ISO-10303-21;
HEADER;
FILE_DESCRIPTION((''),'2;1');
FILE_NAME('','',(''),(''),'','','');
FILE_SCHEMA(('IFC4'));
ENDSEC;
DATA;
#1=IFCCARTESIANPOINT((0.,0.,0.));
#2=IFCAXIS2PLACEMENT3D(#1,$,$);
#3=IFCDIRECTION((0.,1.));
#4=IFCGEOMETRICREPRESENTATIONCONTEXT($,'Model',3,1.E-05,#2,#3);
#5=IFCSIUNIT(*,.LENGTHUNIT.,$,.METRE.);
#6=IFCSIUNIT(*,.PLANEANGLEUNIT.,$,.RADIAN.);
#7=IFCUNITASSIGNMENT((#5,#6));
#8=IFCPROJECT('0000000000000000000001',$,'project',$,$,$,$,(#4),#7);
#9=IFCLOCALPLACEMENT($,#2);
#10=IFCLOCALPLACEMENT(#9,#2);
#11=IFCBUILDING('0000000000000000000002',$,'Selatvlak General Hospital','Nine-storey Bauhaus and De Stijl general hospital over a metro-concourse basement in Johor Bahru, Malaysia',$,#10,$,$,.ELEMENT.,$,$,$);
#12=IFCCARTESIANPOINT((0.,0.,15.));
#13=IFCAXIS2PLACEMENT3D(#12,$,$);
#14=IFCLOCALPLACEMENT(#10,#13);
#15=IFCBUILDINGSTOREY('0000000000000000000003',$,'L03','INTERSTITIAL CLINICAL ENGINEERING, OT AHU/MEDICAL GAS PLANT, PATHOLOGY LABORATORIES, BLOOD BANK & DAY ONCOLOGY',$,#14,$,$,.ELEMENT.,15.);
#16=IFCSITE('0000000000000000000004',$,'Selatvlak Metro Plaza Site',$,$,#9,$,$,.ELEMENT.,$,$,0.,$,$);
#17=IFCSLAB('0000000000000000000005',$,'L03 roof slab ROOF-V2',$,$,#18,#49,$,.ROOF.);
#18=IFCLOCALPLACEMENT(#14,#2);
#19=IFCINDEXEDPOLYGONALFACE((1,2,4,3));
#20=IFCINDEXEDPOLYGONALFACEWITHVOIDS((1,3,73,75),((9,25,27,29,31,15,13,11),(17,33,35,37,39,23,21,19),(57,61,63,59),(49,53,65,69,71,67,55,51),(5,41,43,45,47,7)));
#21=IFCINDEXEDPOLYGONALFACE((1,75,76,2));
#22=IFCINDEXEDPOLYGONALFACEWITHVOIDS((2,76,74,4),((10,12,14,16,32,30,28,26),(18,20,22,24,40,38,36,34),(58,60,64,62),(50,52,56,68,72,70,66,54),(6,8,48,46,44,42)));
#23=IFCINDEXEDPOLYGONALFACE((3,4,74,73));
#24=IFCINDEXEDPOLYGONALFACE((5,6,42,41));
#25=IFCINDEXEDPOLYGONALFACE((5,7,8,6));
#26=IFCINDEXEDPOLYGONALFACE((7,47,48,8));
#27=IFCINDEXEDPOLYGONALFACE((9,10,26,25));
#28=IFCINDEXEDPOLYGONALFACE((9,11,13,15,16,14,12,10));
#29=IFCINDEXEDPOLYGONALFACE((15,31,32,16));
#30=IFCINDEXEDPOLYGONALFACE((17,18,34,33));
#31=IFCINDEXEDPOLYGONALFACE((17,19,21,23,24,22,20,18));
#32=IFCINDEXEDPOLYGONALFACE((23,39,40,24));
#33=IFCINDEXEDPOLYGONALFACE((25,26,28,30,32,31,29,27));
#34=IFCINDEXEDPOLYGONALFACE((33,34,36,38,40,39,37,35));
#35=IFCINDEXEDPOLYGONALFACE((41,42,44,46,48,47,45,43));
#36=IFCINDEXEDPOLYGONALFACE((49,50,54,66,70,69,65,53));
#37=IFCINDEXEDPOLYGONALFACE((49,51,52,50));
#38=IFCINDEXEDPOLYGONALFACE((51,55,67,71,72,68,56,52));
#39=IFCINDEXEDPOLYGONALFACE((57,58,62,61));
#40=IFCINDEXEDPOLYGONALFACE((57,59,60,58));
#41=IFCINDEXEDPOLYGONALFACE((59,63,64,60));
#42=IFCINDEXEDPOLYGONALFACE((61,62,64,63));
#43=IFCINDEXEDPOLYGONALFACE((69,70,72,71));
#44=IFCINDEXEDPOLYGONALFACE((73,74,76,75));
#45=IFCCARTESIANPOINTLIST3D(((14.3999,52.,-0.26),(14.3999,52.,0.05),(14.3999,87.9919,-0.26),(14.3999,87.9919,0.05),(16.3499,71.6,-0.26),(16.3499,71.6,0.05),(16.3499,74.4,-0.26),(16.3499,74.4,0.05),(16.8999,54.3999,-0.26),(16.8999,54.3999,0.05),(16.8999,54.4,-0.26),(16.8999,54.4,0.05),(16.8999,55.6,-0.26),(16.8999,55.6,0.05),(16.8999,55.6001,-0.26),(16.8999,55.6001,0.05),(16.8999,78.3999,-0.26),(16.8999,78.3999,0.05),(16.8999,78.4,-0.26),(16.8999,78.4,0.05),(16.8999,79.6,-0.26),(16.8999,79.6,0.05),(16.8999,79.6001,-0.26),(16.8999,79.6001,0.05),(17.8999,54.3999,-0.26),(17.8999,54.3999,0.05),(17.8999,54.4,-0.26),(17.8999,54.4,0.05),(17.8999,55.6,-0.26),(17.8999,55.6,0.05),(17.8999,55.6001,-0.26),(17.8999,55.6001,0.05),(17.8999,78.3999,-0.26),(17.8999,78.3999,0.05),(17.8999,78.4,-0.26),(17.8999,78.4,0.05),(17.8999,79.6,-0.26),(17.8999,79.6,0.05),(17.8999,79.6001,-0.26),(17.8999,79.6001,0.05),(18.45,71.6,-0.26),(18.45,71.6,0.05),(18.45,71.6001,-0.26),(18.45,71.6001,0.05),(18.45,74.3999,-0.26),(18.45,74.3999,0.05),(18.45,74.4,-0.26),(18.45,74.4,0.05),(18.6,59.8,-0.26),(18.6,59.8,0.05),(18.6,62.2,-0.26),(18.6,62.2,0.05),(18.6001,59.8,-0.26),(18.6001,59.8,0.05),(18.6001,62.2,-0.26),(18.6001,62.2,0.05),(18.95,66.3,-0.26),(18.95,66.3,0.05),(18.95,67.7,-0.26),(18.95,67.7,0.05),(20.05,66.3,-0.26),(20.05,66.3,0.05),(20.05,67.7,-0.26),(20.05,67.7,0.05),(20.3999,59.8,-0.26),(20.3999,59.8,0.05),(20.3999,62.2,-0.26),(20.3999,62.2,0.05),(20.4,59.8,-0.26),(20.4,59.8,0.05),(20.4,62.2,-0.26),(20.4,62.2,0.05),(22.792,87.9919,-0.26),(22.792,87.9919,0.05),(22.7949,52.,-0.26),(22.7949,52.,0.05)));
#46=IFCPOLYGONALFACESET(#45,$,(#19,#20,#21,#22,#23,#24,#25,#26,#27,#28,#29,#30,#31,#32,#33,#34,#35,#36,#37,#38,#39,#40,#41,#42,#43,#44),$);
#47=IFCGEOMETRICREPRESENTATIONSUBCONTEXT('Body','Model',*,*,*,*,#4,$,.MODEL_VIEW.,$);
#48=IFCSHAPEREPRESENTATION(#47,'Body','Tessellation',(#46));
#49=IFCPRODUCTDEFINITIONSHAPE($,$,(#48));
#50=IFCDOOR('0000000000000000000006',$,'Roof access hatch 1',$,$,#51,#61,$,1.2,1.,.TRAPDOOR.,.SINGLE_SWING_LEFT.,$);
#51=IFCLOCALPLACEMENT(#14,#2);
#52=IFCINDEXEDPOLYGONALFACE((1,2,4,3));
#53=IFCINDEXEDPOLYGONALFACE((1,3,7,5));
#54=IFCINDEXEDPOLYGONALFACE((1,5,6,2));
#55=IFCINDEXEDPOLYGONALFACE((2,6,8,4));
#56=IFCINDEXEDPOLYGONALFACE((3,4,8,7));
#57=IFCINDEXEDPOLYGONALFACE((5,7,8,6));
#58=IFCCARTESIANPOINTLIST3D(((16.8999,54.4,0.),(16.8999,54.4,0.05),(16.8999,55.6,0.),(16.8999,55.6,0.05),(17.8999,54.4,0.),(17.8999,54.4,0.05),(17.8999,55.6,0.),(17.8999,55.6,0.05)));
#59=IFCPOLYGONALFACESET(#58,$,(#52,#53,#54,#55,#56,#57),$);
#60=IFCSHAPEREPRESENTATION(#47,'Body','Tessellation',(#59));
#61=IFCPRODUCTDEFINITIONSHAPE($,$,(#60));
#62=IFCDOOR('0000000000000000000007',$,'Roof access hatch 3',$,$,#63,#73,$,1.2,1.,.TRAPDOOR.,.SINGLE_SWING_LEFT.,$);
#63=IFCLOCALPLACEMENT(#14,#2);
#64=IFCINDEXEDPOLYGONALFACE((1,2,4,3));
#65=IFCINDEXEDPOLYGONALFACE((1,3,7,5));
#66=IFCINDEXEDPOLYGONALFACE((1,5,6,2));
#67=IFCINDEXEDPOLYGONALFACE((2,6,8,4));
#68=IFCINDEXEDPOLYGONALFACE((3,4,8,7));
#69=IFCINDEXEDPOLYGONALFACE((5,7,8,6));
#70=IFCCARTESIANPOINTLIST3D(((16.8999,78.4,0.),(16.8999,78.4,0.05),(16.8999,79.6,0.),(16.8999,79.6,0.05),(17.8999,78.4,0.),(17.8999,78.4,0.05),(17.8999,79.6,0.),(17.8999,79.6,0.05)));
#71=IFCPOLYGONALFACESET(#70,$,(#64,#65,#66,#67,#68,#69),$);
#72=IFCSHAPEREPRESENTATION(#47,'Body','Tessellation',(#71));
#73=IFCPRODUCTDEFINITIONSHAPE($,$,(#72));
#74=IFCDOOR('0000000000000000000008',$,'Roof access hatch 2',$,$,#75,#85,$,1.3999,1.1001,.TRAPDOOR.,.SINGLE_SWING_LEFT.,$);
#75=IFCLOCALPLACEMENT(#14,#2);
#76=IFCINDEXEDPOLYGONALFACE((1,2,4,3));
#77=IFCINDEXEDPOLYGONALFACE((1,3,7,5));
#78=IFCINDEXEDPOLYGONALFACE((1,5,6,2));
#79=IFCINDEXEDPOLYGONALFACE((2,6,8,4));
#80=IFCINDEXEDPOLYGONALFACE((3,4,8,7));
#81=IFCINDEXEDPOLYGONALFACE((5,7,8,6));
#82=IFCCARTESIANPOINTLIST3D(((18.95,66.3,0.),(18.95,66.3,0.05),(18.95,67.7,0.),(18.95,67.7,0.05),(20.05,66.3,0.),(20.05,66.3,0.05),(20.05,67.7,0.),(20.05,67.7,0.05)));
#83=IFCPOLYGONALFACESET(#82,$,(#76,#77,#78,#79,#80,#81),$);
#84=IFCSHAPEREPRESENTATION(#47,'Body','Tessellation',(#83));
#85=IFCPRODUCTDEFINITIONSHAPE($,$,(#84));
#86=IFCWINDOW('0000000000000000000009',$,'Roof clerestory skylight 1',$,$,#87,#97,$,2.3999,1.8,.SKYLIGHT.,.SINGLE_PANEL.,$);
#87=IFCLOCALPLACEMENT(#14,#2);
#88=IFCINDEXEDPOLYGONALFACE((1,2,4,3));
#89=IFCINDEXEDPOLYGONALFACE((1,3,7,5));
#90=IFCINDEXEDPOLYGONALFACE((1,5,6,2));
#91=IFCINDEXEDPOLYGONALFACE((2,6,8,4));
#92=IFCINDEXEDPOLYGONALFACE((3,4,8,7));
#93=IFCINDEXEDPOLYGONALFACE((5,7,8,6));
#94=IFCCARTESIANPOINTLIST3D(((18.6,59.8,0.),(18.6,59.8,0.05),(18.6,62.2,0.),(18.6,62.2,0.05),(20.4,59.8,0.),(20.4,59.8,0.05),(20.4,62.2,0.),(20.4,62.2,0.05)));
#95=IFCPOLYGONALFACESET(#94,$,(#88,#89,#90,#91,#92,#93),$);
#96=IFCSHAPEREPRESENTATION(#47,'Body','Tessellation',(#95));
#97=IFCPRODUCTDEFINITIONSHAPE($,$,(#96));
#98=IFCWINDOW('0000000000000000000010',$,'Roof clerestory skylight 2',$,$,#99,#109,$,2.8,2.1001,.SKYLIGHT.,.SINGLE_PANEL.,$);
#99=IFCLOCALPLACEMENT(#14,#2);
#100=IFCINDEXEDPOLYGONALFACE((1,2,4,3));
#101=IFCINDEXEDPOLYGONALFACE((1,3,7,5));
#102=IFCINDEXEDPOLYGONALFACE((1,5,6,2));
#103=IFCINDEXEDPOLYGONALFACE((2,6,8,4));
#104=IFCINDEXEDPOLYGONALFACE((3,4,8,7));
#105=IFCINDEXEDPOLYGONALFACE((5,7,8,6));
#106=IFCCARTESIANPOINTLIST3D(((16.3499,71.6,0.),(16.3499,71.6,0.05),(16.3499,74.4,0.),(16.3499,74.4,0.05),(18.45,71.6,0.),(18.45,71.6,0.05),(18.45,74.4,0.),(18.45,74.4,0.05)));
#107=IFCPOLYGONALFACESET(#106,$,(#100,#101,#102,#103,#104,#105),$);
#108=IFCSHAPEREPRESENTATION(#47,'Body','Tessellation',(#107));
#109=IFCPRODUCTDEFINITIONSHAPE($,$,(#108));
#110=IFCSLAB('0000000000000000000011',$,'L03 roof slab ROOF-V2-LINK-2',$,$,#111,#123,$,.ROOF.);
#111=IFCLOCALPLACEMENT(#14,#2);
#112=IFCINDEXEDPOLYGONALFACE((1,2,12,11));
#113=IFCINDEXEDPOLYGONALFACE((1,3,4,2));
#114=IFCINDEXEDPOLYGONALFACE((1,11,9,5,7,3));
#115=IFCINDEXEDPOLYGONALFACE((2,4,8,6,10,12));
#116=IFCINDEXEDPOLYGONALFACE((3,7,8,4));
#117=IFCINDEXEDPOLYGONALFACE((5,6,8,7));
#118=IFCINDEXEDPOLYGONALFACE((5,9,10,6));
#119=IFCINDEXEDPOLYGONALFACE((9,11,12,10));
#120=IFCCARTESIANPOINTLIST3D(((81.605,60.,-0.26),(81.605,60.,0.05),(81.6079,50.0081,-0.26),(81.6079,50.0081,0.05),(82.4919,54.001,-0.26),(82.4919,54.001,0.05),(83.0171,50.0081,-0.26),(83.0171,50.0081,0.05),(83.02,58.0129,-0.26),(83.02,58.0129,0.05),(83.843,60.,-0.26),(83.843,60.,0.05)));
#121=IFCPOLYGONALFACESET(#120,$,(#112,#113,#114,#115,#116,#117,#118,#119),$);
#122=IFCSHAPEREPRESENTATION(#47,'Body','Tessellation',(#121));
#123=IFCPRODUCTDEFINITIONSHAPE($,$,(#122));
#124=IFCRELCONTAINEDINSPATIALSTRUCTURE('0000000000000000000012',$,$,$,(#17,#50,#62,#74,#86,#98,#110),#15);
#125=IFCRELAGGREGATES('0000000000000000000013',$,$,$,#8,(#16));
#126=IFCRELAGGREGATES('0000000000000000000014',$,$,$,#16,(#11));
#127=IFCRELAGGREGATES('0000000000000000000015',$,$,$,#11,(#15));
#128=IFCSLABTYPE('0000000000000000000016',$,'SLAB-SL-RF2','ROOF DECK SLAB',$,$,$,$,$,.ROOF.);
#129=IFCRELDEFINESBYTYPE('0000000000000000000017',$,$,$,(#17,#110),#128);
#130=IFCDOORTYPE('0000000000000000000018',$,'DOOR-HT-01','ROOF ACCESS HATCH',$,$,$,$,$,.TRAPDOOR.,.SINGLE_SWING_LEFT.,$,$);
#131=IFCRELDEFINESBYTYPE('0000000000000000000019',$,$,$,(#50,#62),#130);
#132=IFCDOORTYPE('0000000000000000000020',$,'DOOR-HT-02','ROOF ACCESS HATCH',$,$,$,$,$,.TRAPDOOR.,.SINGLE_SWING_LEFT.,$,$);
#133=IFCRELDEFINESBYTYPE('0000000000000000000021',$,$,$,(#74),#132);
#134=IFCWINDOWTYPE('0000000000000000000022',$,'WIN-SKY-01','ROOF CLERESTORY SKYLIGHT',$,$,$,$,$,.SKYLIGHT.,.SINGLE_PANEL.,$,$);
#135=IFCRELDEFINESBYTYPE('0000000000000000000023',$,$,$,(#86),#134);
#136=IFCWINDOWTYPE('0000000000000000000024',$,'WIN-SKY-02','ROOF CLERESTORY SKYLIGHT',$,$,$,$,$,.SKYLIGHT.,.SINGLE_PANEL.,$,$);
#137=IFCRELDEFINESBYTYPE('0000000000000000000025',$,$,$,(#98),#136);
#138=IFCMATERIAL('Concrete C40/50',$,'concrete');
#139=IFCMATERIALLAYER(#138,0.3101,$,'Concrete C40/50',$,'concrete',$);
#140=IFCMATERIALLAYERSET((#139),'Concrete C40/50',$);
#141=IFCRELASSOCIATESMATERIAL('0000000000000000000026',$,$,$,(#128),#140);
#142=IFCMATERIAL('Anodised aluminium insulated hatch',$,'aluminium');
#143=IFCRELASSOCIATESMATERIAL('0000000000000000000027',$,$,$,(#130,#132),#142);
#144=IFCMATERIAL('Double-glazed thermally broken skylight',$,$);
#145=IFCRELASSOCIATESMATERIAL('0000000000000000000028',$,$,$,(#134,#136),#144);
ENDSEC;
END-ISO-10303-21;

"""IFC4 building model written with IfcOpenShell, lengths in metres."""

from ifc_helpers import new_model, si_unit, direction, frame, origin, origin_2d, place, context, subcontext, project, spatial, polyline, rectangle, outline, extrude, material, layer, layer_set, type_object, element, fill, save


model = new_model("IFC4")

# Units and contexts
model_context = context("Model", 3, precision=1e-05, world=origin(), true_north=direction((0.0, 1.0)))
body_context = subcontext(model_context, "Body", "Model", "MODEL_VIEW")
ifc_project = project(units=[si_unit("LENGTHUNIT", "METRE"), si_unit("PLANEANGLEUNIT", "RADIAN")], contexts=[model_context])

# Site, building, storey
site_placement = place(None, origin())
site = spatial("IfcSite", under=ifc_project, at=site_placement, Name="Selatvlak Metro Plaza Site", CompositionType="ELEMENT", RefElevation=0.0)
building_placement = place(site_placement, origin())
building = spatial("IfcBuilding", under=site, at=building_placement, Name="Selatvlak General Hospital", Description="Nine-storey Bauhaus and De Stijl general hospital over a metro-concourse basement in Johor Bahru, Malaysia", CompositionType="ELEMENT")
storey_placement = place(building_placement, frame((0.0, 0.0, 15.0)))
storey = spatial("IfcBuildingStorey", under=building, at=storey_placement, Name="L03", Description="INTERSTITIAL CLINICAL ENGINEERING, OT AHU/MEDICAL GAS PLANT, PATHOLOGY LABORATORIES, BLOOD BANK & DAY ONCOLOGY", CompositionType="ELEMENT", Elevation=15.0)

# Shared definitions
ifc_material_1 = material(Name="Concrete C40/50", Category="concrete")

# Slab, openings, doors, windows
ifc_layer_1 = layer(ifc_material_1, 0.3101, Name="Concrete C40/50", Category="concrete")
ifc_layer_set_1 = layer_set([ifc_layer_1], Name="Concrete C40/50")
slab_type_1 = type_object("IfcSlabType", Name="SLAB-SL-RF2", Description="ROOF DECK SLAB", PredefinedType="ROOF", material=ifc_layer_set_1)
slab_1_placement = place(storey_placement, frame((0.0, 0.0, -0.26)))
slab_1 = element("IfcSlab", 1, at=slab_1_placement, inside=storey, type_object=slab_type_1, Name="L03 roof slab ROOF-V2", PredefinedType="ROOF", context=body_context, shape_type="SweptSolid", body=[
    extrude(outline(polyline([(22.7949, 52.0), (14.3999, 52.0), (14.3999, 87.9919), (22.792, 87.9919), (22.7949, 52.0)]), holes=[polyline([(16.8999, 54.3999), (17.8999, 54.3999), (17.8999, 55.6001), (16.8999, 55.6001), (16.8999, 54.3999)]), polyline([(18.6001, 59.8), (20.3999, 59.8), (20.3999, 62.2), (18.6001, 62.2), (18.6001, 59.8)]), polyline([(18.95, 66.3), (20.05, 66.3), (20.05, 67.7), (18.95, 67.7), (18.95, 66.3)]), polyline([(16.3501, 71.6001), (18.45, 71.6001), (18.45, 74.3999), (16.3501, 74.3999), (16.3501, 71.6001)]), polyline([(16.8999, 78.3999), (17.8999, 78.3999), (17.8999, 79.6001), (16.8999, 79.6001), (16.8999, 78.3999)])]), origin(), (0.0, 0.0, 1.0), 0.3101),
])
opening_1_placement = place(slab_1_placement, frame((17.3999, 55.0, 0.0)))
opening_1 = element("IfcOpeningElement", 2, at=opening_1_placement, cuts=slab_1, PredefinedType="OPENING", context=body_context, shape_type="SweptSolid", body=[
    extrude(rectangle(XDim=1.0, YDim=1.2, at=origin_2d()), frame((0.0, 0.0, -0.01)), (0.0, 0.0, 1.0), 0.3301),
])
opening_2_placement = place(slab_1_placement, frame((19.5, 61.0, 0.0)))
opening_2 = element("IfcOpeningElement", 3, at=opening_2_placement, cuts=slab_1, PredefinedType="OPENING", context=body_context, shape_type="SweptSolid", body=[
    extrude(rectangle(XDim=1.8, YDim=2.3999, at=origin_2d()), frame((0.0, 0.0, -0.01)), (0.0, 0.0, 1.0), 0.3301),
])
opening_3_placement = place(slab_1_placement, frame((19.5, 67.0, 0.0)))
opening_3 = element("IfcOpeningElement", 4, at=opening_3_placement, cuts=slab_1, PredefinedType="OPENING", context=body_context, shape_type="SweptSolid", body=[
    extrude(rectangle(XDim=1.1001, YDim=1.3999, at=origin_2d()), frame((0.0, 0.0, -0.01)), (0.0, 0.0, 1.0), 0.3301),
])
opening_4_placement = place(slab_1_placement, frame((17.3999, 73.0, 0.0)))
opening_4 = element("IfcOpeningElement", 5, at=opening_4_placement, cuts=slab_1, PredefinedType="OPENING", context=body_context, shape_type="SweptSolid", body=[
    extrude(rectangle(XDim=2.1001, YDim=2.8, at=origin_2d()), frame((0.0, 0.0, -0.01)), (0.0, 0.0, 1.0), 0.3301),
])
opening_5_placement = place(slab_1_placement, frame((17.3999, 79.0, 0.0)))
opening_5 = element("IfcOpeningElement", 6, at=opening_5_placement, cuts=slab_1, PredefinedType="OPENING", context=body_context, shape_type="SweptSolid", body=[
    extrude(rectangle(XDim=1.0, YDim=1.2, at=origin_2d()), frame((0.0, 0.0, -0.01)), (0.0, 0.0, 1.0), 0.3301),
])
ifc_material_2 = material(Name="Anodised aluminium insulated hatch", Category="aluminium")
door_type_1 = type_object("IfcDoorType", Name="DOOR-HT-01", Description="ROOF ACCESS HATCH", OperationType="SINGLE_SWING_LEFT", PredefinedType="TRAPDOOR", material=ifc_material_2)
door_1_placement = place(opening_1_placement, frame((0.0, 0.0, 0.26)))
door_1 = element("IfcDoor", 7, at=door_1_placement, inside=storey, type_object=door_type_1, Name="Roof access hatch 1", OperationType="SINGLE_SWING_LEFT", OverallHeight=1.2, OverallWidth=1.0, PredefinedType="TRAPDOOR", context=body_context, shape_type="SweptSolid", body=[
    extrude(rectangle(XDim=1.0, YDim=1.2, at=origin_2d()), origin(), (0.0, 0.0, 1.0), 0.05),
])
fill(opening_1, door_1)
door_2_placement = place(opening_5_placement, frame((0.0, 0.0, 0.26)))
door_2 = element("IfcDoor", 8, at=door_2_placement, inside=storey, type_object=door_type_1, Name="Roof access hatch 3", OperationType="SINGLE_SWING_LEFT", OverallHeight=1.2, OverallWidth=1.0, PredefinedType="TRAPDOOR", context=body_context, shape_type="SweptSolid", body=[
    extrude(rectangle(XDim=1.0, YDim=1.2, at=origin_2d()), origin(), (0.0, 0.0, 1.0), 0.05),
])
fill(opening_5, door_2)
door_type_2 = type_object("IfcDoorType", Name="DOOR-HT-02", Description="ROOF ACCESS HATCH", OperationType="SINGLE_SWING_LEFT", PredefinedType="TRAPDOOR", material=ifc_material_2)
door_3_placement = place(opening_3_placement, frame((0.0, 0.0, 0.26)))
door_3 = element("IfcDoor", 9, at=door_3_placement, inside=storey, type_object=door_type_2, Name="Roof access hatch 2", OperationType="SINGLE_SWING_LEFT", OverallHeight=1.3999, OverallWidth=1.1001, PredefinedType="TRAPDOOR", context=body_context, shape_type="SweptSolid", body=[
    extrude(rectangle(XDim=1.1001, YDim=1.3999, at=origin_2d()), origin(), (0.0, 0.0, 1.0), 0.05),
])
fill(opening_3, door_3)
ifc_material_3 = material(Name="Double-glazed thermally broken skylight")
window_type_1 = type_object("IfcWindowType", Name="WIN-SKY-01", Description="ROOF CLERESTORY SKYLIGHT", PartitioningType="SINGLE_PANEL", PredefinedType="SKYLIGHT", material=ifc_material_3)
window_1_placement = place(opening_2_placement, frame((0.0, 0.0, 0.26)))
window_1 = element("IfcWindow", 10, at=window_1_placement, inside=storey, type_object=window_type_1, Name="Roof clerestory skylight 1", OverallHeight=2.3999, OverallWidth=1.8, PartitioningType="SINGLE_PANEL", PredefinedType="SKYLIGHT", context=body_context, shape_type="SweptSolid", body=[
    extrude(rectangle(XDim=1.8, YDim=2.3999, at=origin_2d()), origin(), (0.0, 0.0, 1.0), 0.05),
])
fill(opening_2, window_1)
window_type_2 = type_object("IfcWindowType", Name="WIN-SKY-02", Description="ROOF CLERESTORY SKYLIGHT", PartitioningType="SINGLE_PANEL", PredefinedType="SKYLIGHT", material=ifc_material_3)
window_2_placement = place(opening_4_placement, frame((0.0, 0.0, 0.26)))
window_2 = element("IfcWindow", 11, at=window_2_placement, inside=storey, type_object=window_type_2, Name="Roof clerestory skylight 2", OverallHeight=2.8, OverallWidth=2.1001, PartitioningType="SINGLE_PANEL", PredefinedType="SKYLIGHT", context=body_context, shape_type="SweptSolid", body=[
    extrude(rectangle(XDim=2.1001, YDim=2.8, at=origin_2d()), origin(), (0.0, 0.0, 1.0), 0.05),
])
fill(opening_4, window_2)

# Slab
slab_2_placement = place(storey_placement, frame((0.0, 0.0, -0.26)))
element("IfcSlab", 12, at=slab_2_placement, inside=storey, type_object=slab_type_1, Name="L03 roof slab ROOF-V2-LINK-2", PredefinedType="ROOF", context=body_context, shape_type="SweptSolid", body=[
    extrude(outline(polyline([(83.02, 58.0129), (82.4919, 54.001), (83.0171, 50.0081), (81.6079, 50.0081), (81.605, 60.0), (83.843, 60.0), (83.02, 58.0129)])), origin(), (0.0, 0.0, 1.0), 0.3101),
])

save(model, "model.ifc")
